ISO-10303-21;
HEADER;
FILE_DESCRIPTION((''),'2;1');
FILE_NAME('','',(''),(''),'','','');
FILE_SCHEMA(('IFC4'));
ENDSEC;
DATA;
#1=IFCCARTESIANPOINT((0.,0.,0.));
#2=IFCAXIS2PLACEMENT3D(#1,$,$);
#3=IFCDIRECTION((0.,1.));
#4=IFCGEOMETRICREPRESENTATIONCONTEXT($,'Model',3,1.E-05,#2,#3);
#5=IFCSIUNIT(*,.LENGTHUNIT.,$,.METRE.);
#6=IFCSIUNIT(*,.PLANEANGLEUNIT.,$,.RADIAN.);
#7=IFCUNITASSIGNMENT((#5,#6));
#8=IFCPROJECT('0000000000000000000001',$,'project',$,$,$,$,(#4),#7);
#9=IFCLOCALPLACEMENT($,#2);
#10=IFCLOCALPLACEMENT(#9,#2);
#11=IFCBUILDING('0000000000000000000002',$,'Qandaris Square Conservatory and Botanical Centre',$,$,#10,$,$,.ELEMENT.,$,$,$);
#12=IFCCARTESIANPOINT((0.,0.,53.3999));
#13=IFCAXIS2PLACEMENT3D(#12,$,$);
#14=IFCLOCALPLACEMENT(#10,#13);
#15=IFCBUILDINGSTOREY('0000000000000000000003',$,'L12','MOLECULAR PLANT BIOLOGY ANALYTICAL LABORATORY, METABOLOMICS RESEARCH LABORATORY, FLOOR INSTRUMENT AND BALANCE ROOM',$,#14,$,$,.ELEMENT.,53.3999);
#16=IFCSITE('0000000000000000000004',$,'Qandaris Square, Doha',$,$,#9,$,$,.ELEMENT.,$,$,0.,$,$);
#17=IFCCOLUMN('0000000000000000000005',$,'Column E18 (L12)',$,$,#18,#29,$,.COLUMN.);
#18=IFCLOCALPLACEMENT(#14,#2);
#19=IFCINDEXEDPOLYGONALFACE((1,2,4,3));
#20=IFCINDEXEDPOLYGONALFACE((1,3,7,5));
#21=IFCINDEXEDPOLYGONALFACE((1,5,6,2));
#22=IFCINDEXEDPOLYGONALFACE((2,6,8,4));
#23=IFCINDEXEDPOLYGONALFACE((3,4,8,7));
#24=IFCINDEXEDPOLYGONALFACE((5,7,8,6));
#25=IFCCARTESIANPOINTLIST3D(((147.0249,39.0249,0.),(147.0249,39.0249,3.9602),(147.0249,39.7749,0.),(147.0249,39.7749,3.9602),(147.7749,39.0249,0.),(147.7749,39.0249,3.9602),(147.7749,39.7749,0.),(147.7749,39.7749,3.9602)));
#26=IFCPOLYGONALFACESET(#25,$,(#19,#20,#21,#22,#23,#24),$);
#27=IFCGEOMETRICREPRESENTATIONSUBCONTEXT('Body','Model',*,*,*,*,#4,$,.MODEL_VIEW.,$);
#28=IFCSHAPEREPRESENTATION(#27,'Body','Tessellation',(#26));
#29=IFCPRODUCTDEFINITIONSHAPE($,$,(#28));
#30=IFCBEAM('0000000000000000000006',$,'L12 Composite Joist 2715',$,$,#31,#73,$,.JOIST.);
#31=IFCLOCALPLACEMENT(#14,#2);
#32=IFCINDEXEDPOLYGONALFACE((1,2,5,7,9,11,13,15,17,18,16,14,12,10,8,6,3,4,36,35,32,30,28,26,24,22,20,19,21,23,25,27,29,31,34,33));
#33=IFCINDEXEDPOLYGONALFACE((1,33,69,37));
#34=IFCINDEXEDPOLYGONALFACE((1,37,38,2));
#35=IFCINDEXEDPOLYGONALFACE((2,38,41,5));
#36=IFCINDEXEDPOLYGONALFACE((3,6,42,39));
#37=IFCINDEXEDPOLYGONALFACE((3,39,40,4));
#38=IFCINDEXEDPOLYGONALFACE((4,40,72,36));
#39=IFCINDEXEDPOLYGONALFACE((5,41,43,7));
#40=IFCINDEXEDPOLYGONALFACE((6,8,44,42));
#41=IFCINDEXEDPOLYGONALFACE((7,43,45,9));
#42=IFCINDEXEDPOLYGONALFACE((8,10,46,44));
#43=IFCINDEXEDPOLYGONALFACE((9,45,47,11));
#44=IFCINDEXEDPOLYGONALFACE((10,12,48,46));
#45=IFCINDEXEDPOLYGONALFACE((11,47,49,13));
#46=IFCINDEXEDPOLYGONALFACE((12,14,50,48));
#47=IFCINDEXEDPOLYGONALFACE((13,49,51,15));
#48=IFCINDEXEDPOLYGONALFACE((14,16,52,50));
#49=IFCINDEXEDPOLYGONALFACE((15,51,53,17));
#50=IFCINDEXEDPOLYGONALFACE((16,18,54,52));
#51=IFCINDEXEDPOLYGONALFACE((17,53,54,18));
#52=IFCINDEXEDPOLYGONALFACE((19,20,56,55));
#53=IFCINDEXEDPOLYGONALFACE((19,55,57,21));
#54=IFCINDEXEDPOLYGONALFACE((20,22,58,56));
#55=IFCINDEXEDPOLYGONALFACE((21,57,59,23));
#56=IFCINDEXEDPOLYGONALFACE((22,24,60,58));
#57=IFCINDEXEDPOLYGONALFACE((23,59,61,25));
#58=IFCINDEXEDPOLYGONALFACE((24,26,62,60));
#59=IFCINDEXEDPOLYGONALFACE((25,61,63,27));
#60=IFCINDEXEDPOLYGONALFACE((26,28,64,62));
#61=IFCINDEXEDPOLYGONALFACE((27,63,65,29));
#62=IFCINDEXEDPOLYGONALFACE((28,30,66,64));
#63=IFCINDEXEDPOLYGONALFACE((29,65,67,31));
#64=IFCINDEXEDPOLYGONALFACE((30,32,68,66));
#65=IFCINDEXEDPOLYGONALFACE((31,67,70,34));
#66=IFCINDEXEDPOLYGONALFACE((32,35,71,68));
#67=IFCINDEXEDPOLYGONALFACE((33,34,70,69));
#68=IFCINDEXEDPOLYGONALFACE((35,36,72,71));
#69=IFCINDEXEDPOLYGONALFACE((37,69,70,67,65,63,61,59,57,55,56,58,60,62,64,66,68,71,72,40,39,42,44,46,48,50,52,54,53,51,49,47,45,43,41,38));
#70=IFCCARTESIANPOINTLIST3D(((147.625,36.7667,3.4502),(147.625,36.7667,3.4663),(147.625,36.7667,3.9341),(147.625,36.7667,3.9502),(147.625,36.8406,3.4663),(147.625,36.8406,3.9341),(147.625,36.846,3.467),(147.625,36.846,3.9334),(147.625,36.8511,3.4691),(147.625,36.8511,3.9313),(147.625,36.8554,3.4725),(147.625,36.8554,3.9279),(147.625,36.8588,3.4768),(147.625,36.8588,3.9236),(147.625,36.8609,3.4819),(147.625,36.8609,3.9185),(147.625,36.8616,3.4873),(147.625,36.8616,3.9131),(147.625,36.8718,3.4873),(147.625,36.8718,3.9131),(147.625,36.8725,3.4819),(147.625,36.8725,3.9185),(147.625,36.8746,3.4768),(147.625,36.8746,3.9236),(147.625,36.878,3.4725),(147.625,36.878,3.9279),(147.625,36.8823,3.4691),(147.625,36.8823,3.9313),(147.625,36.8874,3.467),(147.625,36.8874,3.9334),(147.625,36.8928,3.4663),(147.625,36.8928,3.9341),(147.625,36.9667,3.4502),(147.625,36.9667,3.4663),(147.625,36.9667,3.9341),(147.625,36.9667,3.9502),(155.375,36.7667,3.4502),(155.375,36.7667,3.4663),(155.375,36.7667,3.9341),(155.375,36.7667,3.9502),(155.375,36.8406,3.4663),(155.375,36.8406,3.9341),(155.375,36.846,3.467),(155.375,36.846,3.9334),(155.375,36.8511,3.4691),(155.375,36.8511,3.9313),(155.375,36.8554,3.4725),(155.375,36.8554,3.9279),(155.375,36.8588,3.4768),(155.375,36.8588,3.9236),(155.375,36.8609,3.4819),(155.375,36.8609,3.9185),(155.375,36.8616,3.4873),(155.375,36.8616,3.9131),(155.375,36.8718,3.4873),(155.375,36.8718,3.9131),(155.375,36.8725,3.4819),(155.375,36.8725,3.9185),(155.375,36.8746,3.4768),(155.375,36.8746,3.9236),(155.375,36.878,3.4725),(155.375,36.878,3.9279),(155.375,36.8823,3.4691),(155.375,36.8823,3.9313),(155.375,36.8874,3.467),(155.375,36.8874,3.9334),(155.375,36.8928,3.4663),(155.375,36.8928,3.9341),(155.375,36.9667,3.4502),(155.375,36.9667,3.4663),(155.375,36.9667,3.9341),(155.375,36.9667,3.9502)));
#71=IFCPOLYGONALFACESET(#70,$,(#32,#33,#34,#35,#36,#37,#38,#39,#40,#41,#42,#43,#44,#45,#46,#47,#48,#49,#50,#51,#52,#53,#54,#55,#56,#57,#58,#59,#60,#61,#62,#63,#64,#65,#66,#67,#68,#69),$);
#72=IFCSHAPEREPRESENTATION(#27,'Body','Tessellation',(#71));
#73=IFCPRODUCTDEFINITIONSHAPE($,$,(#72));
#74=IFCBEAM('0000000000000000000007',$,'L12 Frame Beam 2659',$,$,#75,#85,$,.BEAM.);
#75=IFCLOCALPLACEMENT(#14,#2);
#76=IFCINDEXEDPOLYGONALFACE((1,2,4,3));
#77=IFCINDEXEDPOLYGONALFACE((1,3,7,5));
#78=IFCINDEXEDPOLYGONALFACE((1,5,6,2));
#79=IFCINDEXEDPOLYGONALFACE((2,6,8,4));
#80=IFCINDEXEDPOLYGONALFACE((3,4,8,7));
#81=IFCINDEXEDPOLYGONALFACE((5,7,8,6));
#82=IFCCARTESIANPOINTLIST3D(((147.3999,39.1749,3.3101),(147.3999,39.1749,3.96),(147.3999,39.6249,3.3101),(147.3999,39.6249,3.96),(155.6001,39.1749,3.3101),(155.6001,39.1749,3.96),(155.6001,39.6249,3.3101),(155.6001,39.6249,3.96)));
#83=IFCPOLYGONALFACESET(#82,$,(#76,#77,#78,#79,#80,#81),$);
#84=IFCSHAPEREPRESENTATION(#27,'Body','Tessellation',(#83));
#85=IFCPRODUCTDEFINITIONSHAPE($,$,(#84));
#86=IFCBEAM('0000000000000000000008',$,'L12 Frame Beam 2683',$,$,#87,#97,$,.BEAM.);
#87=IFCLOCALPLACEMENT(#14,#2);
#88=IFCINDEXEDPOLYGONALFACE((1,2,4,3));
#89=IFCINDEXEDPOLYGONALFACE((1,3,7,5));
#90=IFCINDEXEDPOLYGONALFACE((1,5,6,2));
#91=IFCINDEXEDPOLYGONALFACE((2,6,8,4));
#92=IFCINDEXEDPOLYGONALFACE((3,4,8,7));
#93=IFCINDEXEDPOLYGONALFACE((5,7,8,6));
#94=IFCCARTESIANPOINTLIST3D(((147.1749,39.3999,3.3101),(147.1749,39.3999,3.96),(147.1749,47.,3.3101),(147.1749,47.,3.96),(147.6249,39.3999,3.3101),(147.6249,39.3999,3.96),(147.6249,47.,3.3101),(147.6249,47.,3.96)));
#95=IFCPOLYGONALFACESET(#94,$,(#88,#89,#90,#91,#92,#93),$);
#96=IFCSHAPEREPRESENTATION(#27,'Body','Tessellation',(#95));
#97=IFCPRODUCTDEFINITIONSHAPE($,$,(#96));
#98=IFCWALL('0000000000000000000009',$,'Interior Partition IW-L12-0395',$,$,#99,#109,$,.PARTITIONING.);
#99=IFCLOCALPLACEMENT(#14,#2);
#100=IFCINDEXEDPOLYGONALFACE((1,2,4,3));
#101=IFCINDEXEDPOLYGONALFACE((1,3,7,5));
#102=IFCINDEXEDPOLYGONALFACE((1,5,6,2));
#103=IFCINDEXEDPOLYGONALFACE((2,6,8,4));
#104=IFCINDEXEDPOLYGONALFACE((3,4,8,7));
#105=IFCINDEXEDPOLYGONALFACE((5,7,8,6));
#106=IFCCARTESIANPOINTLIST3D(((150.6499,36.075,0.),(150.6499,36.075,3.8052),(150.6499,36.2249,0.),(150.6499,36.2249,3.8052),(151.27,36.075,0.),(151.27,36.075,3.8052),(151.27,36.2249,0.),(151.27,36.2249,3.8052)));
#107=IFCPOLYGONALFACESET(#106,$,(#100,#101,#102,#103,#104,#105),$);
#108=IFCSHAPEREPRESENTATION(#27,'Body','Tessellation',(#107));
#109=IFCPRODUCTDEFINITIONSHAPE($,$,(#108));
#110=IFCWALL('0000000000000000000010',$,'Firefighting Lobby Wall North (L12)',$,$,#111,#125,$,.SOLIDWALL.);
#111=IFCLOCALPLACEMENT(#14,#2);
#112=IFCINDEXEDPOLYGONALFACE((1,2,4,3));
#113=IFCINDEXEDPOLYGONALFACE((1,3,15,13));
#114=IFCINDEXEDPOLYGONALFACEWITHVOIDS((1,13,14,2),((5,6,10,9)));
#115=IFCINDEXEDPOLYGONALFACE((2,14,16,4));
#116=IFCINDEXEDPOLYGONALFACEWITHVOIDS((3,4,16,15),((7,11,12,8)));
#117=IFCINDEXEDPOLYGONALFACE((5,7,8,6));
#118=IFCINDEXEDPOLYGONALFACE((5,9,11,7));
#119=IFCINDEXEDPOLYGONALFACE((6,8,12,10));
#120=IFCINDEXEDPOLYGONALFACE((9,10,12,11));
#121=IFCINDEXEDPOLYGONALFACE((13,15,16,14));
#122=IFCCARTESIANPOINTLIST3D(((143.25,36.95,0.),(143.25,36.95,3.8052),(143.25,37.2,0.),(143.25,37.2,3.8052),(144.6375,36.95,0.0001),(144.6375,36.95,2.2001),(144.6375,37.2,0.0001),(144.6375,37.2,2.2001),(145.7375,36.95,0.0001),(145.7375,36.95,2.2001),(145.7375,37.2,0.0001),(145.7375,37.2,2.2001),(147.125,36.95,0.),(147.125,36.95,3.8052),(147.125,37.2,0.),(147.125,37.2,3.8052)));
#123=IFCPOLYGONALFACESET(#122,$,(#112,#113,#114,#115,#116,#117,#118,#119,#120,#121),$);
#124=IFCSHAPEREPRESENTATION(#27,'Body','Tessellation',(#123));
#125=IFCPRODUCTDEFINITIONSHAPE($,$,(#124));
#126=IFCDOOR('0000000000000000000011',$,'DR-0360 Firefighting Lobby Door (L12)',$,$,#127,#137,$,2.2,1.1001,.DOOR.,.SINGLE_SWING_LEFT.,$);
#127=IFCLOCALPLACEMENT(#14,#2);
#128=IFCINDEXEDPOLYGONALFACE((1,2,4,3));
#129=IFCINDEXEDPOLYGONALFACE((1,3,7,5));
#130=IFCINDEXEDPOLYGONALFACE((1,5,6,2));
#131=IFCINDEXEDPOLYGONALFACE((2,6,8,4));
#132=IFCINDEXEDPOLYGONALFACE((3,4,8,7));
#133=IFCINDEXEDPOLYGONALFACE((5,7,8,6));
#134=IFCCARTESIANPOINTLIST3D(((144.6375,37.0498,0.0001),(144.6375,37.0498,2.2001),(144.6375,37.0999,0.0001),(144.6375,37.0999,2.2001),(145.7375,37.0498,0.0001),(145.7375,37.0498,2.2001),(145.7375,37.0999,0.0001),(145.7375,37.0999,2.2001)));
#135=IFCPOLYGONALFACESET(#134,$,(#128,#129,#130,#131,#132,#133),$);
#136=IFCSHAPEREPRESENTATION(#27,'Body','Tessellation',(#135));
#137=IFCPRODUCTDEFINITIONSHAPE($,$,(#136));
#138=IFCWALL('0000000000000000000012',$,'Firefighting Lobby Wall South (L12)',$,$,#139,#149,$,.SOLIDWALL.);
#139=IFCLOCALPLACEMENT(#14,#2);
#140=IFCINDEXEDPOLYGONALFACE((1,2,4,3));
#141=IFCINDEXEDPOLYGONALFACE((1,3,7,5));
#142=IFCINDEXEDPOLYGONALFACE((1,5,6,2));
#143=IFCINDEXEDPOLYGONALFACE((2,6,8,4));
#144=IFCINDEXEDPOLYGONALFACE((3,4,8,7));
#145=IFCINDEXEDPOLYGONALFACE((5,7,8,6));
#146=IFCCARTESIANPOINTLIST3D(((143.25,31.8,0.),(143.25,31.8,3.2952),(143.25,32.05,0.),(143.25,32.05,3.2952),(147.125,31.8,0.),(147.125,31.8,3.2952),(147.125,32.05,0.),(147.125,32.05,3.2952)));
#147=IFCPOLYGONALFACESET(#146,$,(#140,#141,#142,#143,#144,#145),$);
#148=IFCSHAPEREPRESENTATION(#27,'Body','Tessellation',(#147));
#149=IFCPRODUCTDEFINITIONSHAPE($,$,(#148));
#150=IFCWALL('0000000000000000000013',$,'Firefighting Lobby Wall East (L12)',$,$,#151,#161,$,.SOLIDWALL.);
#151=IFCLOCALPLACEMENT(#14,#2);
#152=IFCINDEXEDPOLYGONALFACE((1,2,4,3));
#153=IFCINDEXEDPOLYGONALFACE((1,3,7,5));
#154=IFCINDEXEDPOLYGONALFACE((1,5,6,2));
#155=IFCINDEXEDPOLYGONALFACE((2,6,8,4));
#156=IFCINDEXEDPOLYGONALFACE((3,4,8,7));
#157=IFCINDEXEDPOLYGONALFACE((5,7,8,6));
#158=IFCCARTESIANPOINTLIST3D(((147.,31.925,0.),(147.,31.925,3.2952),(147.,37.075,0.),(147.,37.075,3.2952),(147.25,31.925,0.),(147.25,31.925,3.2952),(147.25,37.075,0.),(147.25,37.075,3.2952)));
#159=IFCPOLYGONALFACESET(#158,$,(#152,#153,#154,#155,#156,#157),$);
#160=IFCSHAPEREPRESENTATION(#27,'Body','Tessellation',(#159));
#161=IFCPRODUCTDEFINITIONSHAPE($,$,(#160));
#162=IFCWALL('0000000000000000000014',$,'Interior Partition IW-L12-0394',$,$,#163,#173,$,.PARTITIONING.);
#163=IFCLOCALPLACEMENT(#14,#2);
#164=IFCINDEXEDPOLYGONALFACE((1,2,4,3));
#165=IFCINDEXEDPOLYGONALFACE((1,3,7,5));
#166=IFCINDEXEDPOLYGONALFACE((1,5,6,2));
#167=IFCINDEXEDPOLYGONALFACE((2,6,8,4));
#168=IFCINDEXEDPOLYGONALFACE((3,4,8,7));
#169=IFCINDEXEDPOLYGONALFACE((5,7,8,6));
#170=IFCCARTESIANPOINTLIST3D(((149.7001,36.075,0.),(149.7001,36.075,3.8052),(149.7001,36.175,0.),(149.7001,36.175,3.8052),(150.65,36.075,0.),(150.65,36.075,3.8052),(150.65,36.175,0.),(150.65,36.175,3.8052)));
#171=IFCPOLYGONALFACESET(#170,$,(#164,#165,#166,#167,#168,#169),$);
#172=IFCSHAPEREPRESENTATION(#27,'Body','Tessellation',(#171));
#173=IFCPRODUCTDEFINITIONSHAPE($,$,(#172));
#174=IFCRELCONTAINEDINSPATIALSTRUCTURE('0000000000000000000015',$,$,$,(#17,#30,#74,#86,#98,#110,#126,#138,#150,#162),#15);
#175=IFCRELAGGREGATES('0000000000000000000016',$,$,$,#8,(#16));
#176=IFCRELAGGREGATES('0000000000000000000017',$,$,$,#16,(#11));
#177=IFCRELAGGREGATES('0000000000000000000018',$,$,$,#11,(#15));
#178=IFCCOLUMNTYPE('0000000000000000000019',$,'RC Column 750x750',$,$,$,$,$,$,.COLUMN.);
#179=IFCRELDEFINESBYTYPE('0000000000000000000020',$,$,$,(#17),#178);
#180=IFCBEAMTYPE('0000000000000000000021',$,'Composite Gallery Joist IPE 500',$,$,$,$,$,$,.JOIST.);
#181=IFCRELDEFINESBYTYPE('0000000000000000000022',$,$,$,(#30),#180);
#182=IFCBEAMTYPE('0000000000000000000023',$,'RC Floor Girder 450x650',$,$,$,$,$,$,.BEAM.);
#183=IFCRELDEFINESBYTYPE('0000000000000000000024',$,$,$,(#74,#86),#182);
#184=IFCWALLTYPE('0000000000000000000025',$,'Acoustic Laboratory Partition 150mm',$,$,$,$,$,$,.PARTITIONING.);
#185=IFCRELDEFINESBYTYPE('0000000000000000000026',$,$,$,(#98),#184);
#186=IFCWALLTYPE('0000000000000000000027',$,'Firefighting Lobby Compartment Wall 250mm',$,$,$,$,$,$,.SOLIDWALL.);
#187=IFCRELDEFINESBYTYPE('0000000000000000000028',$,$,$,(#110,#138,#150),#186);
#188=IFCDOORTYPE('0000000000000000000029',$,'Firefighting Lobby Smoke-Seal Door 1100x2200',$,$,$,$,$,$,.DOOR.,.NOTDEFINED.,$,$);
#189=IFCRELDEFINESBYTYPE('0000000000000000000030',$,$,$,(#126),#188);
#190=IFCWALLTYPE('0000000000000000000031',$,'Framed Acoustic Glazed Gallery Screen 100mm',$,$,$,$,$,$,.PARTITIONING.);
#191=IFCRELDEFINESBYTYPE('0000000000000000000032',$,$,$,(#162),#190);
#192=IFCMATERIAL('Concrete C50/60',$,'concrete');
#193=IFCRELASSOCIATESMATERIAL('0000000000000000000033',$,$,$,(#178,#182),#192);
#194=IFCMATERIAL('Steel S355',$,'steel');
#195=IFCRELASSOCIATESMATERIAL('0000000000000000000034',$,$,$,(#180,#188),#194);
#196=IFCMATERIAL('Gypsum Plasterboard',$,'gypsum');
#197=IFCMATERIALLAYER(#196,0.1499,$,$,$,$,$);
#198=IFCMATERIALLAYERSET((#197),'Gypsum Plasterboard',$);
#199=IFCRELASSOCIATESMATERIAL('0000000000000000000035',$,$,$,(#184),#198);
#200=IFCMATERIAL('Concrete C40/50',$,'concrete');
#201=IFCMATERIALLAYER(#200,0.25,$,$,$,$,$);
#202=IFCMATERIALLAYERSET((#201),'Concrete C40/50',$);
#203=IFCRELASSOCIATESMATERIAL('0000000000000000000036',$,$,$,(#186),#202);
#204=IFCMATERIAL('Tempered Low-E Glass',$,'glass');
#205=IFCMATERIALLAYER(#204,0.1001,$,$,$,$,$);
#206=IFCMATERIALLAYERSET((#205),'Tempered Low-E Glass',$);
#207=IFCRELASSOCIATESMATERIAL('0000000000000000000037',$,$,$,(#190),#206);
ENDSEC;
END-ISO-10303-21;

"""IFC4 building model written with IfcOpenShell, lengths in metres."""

from ifc_helpers import new_model, si_unit, direction, frame, frame_2d, origin, origin_2d, place, context, subcontext, project, spatial, rectangle, i_section, extrude, material, layer, layer_set, material_profile, profile_set, type_object, element, fill, save


model = new_model("IFC4")

# Units and contexts
model_context = context("Model", 3, precision=1e-05, world=origin(), true_north=direction((0.0, 1.0)))
body_context = subcontext(model_context, "Body", "Model", "MODEL_VIEW")
ifc_project = project(units=[si_unit("LENGTHUNIT", "METRE"), si_unit("PLANEANGLEUNIT", "RADIAN")], contexts=[model_context])

# Site, building, storey
site_placement = place(None, origin())
site = spatial("IfcSite", under=ifc_project, at=site_placement, Name="Qandaris Square, Doha", CompositionType="ELEMENT", RefElevation=0.0)
building_placement = place(site_placement, origin())
building = spatial("IfcBuilding", under=site, at=building_placement, Name="Qandaris Square Conservatory and Botanical Centre", CompositionType="ELEMENT")
storey_placement = place(building_placement, frame((0.0, 0.0, 53.3999)))
storey = spatial("IfcBuildingStorey", under=building, at=storey_placement, Name="L12", Description="MOLECULAR PLANT BIOLOGY ANALYTICAL LABORATORY, METABOLOMICS RESEARCH LABORATORY, FLOOR INSTRUMENT AND BALANCE ROOM", CompositionType="ELEMENT", Elevation=53.3999)

# Column
ifc_material_1 = material(Name="Concrete C50/60", Category="concrete")
ifc_material_profile_1 = material_profile(ifc_material_1, rectangle(XDim=0.75, YDim=0.75, at=origin_2d()), Name="RC-COL 750x750")
ifc_profile_set_1 = profile_set([ifc_material_profile_1], Name="Concrete C50/60")
column_type = type_object("IfcColumnType", Name="RC Column 750x750", PredefinedType="COLUMN", material=ifc_profile_set_1)
column_placement = place(storey_placement, frame((147.3999, 39.3999, 0.0), z_axis=(0.0, 0.0, 1.0), x_axis=(1.0, 0.0, 0.0)))
element("IfcColumn", 1, at=column_placement, inside=storey, type_object=column_type, Name="Column E18 (L12)", PredefinedType="COLUMN", context=body_context, shape_type="SweptSolid", body=[
    extrude(rectangle(XDim=0.75, YDim=0.75, at=origin_2d()), origin(), (0.0, 0.0, 1.0), 3.9602),
])

# Beams
ifc_material_2 = material(Name="Steel S355", Category="steel")
ifc_material_profile_2 = material_profile(ifc_material_2, i_section(OverallWidth=0.2, OverallDepth=0.5, WebThickness=0.0103, FlangeThickness=0.0161, FilletRadius=0.021, at=origin_2d()), Name="IPE 500")
ifc_profile_set_2 = profile_set([ifc_material_profile_2], Name="Steel S355")
beam_type_1 = type_object("IfcBeamType", Name="Composite Gallery Joist IPE 500", PredefinedType="JOIST", material=ifc_profile_set_2)
beam_1_placement = place(storey_placement, frame((147.625, 36.8667, 3.7002), z_axis=(1.0, 0.0, 0.0), x_axis=(0.0, 1.0, 0.0)))
element("IfcBeam", 2, at=beam_1_placement, inside=storey, type_object=beam_type_1, Name="L12 Composite Joist 2715", PredefinedType="JOIST", context=body_context, shape_type="SweptSolid", body=[
    extrude(i_section(OverallWidth=0.2, OverallDepth=0.5, WebThickness=0.0103, FlangeThickness=0.0161, FilletRadius=0.021, at=origin_2d()), origin(), (0.0, 0.0, 1.0), 7.75),
])
ifc_material_profile_3 = material_profile(ifc_material_1, rectangle(XDim=0.45, YDim=0.6499, at=origin_2d()), Name="RC-BM 450x650")
ifc_profile_set_3 = profile_set([ifc_material_profile_3], Name="Concrete C50/60")
beam_type_2 = type_object("IfcBeamType", Name="RC Floor Girder 450x650", PredefinedType="BEAM", material=ifc_profile_set_3)
beam_2_placement = place(storey_placement, frame((147.3999, 39.3999, 3.635), z_axis=(1.0, 0.0, 0.0), x_axis=(0.0, 1.0, 0.0)))
element("IfcBeam", 3, at=beam_2_placement, inside=storey, type_object=beam_type_2, Name="L12 Frame Beam 2659", PredefinedType="BEAM", context=body_context, shape_type="SweptSolid", body=[
    extrude(rectangle(XDim=0.45, YDim=0.6499, at=origin_2d()), origin(), (0.0, 0.0, 1.0), 8.2002),
])
beam_3_placement = place(storey_placement, frame((147.3999, 39.3999, 3.635), z_axis=(0.0, 1.0, 0.0), x_axis=(-1.0, 0.0, 0.0)))
element("IfcBeam", 4, at=beam_3_placement, inside=storey, type_object=beam_type_2, Name="L12 Frame Beam 2683", PredefinedType="BEAM", context=body_context, shape_type="SweptSolid", body=[
    extrude(rectangle(XDim=0.45, YDim=0.6499, at=origin_2d()), origin(), (0.0, 0.0, 1.0), 7.6001),
])

# Wall
ifc_material_3 = material(Name="Gypsum Plasterboard", Category="gypsum")
ifc_layer_1 = layer(ifc_material_3, 0.1499)
ifc_layer_set_1 = layer_set([ifc_layer_1], Name="Gypsum Plasterboard")
wall_type_1 = type_object("IfcWallType", Name="Acoustic Laboratory Partition 150mm", PredefinedType="PARTITIONING", material=ifc_layer_set_1)
wall_1_placement = place(storey_placement, frame((150.6499, 36.1499, 0.0), z_axis=(0.0, 0.0, 1.0), x_axis=(1.0, 0.0, 0.0)))
element("IfcWall", 5, at=wall_1_placement, inside=storey, type_object=wall_type_1, Name="Interior Partition IW-L12-0395", PredefinedType="PARTITIONING", context=body_context, shape_type="SweptSolid", body=[
    extrude(rectangle(XDim=0.6201, YDim=0.1499, at=frame_2d((0.3101, 0.0))), origin(), (0.0, 0.0, 1.0), 3.8052),
])

# Wall, opening, door
ifc_material_4 = material(Name="Concrete C40/50", Category="concrete")
ifc_layer_2 = layer(ifc_material_4, 0.25)
ifc_layer_set_2 = layer_set([ifc_layer_2], Name="Concrete C40/50")
wall_type_2 = type_object("IfcWallType", Name="Firefighting Lobby Compartment Wall 250mm", PredefinedType="SOLIDWALL", material=ifc_layer_set_2)
wall_2_placement = place(storey_placement, frame((143.25, 37.075, 0.0), z_axis=(0.0, 0.0, 1.0), x_axis=(1.0, 0.0, 0.0)))
wall_2 = element("IfcWall", 6, at=wall_2_placement, inside=storey, type_object=wall_type_2, Name="Firefighting Lobby Wall North (L12)", PredefinedType="SOLIDWALL", context=body_context, shape_type="SweptSolid", body=[
    extrude(rectangle(XDim=3.875, YDim=0.25, at=frame_2d((1.9375, 0.0))), origin(), (0.0, 0.0, 1.0), 3.8052),
])
opening_1_placement = place(wall_2_placement, frame((1.3875, 0.0, 0.0)))
opening_1 = element("IfcOpeningElement", 7, at=opening_1_placement, cuts=wall_2, PredefinedType="OPENING", context=body_context, shape_type="SweptSolid", body=[
    extrude(rectangle(XDim=1.1001, YDim=2.2, at=frame_2d((0.55, 1.1001))), frame((0.0, 0.137, 0.0), z_axis=(0.0, -1.0, 0.0), x_axis=(1.0, 0.0, 0.0)), (0.0, 0.0, 1.0), 0.2739),
])
door_type_1 = type_object("IfcDoorType", Name="Firefighting Lobby Smoke-Seal Door 1100x2200", OperationType="NOTDEFINED", PredefinedType="DOOR", material=ifc_material_2)
door_1_placement = place(opening_1_placement, origin())
door_1 = element("IfcDoor", 8, at=door_1_placement, inside=storey, type_object=door_type_1, Name="DR-0360 Firefighting Lobby Door (L12)", OperationType="SINGLE_SWING_LEFT", OverallHeight=2.2, OverallWidth=1.1001, PredefinedType="DOOR", context=body_context, shape_type="SweptSolid", body=[
    extrude(rectangle(XDim=1.1001, YDim=2.2, at=frame_2d((0.55, 1.1001))), frame((0.0, 0.0249, 0.0), z_axis=(0.0, -1.0, 0.0), x_axis=(1.0, 0.0, 0.0)), (0.0, 0.0, 1.0), 0.05),
])
fill(opening_1, door_1)

# Walls
wall_3_placement = place(storey_placement, frame((143.25, 31.925, 0.0), z_axis=(0.0, 0.0, 1.0), x_axis=(1.0, 0.0, 0.0)))
element("IfcWall", 9, at=wall_3_placement, inside=storey, type_object=wall_type_2, Name="Firefighting Lobby Wall South (L12)", PredefinedType="SOLIDWALL", context=body_context, shape_type="SweptSolid", body=[
    extrude(rectangle(XDim=3.875, YDim=0.25, at=frame_2d((1.9375, 0.0))), origin(), (0.0, 0.0, 1.0), 3.2952),
])
wall_4_placement = place(storey_placement, frame((147.125, 31.925, 0.0), z_axis=(0.0, 0.0, 1.0), x_axis=(0.0, 1.0, 0.0)))
element("IfcWall", 10, at=wall_4_placement, inside=storey, type_object=wall_type_2, Name="Firefighting Lobby Wall East (L12)", PredefinedType="SOLIDWALL", context=body_context, shape_type="SweptSolid", body=[
    extrude(rectangle(XDim=5.1499, YDim=0.25, at=frame_2d((2.575, 0.0))), origin(), (0.0, 0.0, 1.0), 3.2952),
])
ifc_material_5 = material(Name="Tempered Low-E Glass", Category="glass")
ifc_layer_3 = layer(ifc_material_5, 0.1001)
ifc_layer_set_3 = layer_set([ifc_layer_3], Name="Tempered Low-E Glass")
wall_type_3 = type_object("IfcWallType", Name="Framed Acoustic Glazed Gallery Screen 100mm", PredefinedType="PARTITIONING", material=ifc_layer_set_3)
wall_5_placement = place(storey_placement, frame((149.7, 36.125, 0.0), z_axis=(0.0, 0.0, 1.0), x_axis=(1.0, 0.0, 0.0)))
element("IfcWall", 11, at=wall_5_placement, inside=storey, type_object=wall_type_3, Name="Interior Partition IW-L12-0394", PredefinedType="PARTITIONING", context=body_context, shape_type="SweptSolid", body=[
    extrude(rectangle(XDim=0.95, YDim=0.1001, at=frame_2d((0.4751, 0.0))), origin(), (0.0, 0.0, 1.0), 3.8052),
])

save(model, "model.ifc")
